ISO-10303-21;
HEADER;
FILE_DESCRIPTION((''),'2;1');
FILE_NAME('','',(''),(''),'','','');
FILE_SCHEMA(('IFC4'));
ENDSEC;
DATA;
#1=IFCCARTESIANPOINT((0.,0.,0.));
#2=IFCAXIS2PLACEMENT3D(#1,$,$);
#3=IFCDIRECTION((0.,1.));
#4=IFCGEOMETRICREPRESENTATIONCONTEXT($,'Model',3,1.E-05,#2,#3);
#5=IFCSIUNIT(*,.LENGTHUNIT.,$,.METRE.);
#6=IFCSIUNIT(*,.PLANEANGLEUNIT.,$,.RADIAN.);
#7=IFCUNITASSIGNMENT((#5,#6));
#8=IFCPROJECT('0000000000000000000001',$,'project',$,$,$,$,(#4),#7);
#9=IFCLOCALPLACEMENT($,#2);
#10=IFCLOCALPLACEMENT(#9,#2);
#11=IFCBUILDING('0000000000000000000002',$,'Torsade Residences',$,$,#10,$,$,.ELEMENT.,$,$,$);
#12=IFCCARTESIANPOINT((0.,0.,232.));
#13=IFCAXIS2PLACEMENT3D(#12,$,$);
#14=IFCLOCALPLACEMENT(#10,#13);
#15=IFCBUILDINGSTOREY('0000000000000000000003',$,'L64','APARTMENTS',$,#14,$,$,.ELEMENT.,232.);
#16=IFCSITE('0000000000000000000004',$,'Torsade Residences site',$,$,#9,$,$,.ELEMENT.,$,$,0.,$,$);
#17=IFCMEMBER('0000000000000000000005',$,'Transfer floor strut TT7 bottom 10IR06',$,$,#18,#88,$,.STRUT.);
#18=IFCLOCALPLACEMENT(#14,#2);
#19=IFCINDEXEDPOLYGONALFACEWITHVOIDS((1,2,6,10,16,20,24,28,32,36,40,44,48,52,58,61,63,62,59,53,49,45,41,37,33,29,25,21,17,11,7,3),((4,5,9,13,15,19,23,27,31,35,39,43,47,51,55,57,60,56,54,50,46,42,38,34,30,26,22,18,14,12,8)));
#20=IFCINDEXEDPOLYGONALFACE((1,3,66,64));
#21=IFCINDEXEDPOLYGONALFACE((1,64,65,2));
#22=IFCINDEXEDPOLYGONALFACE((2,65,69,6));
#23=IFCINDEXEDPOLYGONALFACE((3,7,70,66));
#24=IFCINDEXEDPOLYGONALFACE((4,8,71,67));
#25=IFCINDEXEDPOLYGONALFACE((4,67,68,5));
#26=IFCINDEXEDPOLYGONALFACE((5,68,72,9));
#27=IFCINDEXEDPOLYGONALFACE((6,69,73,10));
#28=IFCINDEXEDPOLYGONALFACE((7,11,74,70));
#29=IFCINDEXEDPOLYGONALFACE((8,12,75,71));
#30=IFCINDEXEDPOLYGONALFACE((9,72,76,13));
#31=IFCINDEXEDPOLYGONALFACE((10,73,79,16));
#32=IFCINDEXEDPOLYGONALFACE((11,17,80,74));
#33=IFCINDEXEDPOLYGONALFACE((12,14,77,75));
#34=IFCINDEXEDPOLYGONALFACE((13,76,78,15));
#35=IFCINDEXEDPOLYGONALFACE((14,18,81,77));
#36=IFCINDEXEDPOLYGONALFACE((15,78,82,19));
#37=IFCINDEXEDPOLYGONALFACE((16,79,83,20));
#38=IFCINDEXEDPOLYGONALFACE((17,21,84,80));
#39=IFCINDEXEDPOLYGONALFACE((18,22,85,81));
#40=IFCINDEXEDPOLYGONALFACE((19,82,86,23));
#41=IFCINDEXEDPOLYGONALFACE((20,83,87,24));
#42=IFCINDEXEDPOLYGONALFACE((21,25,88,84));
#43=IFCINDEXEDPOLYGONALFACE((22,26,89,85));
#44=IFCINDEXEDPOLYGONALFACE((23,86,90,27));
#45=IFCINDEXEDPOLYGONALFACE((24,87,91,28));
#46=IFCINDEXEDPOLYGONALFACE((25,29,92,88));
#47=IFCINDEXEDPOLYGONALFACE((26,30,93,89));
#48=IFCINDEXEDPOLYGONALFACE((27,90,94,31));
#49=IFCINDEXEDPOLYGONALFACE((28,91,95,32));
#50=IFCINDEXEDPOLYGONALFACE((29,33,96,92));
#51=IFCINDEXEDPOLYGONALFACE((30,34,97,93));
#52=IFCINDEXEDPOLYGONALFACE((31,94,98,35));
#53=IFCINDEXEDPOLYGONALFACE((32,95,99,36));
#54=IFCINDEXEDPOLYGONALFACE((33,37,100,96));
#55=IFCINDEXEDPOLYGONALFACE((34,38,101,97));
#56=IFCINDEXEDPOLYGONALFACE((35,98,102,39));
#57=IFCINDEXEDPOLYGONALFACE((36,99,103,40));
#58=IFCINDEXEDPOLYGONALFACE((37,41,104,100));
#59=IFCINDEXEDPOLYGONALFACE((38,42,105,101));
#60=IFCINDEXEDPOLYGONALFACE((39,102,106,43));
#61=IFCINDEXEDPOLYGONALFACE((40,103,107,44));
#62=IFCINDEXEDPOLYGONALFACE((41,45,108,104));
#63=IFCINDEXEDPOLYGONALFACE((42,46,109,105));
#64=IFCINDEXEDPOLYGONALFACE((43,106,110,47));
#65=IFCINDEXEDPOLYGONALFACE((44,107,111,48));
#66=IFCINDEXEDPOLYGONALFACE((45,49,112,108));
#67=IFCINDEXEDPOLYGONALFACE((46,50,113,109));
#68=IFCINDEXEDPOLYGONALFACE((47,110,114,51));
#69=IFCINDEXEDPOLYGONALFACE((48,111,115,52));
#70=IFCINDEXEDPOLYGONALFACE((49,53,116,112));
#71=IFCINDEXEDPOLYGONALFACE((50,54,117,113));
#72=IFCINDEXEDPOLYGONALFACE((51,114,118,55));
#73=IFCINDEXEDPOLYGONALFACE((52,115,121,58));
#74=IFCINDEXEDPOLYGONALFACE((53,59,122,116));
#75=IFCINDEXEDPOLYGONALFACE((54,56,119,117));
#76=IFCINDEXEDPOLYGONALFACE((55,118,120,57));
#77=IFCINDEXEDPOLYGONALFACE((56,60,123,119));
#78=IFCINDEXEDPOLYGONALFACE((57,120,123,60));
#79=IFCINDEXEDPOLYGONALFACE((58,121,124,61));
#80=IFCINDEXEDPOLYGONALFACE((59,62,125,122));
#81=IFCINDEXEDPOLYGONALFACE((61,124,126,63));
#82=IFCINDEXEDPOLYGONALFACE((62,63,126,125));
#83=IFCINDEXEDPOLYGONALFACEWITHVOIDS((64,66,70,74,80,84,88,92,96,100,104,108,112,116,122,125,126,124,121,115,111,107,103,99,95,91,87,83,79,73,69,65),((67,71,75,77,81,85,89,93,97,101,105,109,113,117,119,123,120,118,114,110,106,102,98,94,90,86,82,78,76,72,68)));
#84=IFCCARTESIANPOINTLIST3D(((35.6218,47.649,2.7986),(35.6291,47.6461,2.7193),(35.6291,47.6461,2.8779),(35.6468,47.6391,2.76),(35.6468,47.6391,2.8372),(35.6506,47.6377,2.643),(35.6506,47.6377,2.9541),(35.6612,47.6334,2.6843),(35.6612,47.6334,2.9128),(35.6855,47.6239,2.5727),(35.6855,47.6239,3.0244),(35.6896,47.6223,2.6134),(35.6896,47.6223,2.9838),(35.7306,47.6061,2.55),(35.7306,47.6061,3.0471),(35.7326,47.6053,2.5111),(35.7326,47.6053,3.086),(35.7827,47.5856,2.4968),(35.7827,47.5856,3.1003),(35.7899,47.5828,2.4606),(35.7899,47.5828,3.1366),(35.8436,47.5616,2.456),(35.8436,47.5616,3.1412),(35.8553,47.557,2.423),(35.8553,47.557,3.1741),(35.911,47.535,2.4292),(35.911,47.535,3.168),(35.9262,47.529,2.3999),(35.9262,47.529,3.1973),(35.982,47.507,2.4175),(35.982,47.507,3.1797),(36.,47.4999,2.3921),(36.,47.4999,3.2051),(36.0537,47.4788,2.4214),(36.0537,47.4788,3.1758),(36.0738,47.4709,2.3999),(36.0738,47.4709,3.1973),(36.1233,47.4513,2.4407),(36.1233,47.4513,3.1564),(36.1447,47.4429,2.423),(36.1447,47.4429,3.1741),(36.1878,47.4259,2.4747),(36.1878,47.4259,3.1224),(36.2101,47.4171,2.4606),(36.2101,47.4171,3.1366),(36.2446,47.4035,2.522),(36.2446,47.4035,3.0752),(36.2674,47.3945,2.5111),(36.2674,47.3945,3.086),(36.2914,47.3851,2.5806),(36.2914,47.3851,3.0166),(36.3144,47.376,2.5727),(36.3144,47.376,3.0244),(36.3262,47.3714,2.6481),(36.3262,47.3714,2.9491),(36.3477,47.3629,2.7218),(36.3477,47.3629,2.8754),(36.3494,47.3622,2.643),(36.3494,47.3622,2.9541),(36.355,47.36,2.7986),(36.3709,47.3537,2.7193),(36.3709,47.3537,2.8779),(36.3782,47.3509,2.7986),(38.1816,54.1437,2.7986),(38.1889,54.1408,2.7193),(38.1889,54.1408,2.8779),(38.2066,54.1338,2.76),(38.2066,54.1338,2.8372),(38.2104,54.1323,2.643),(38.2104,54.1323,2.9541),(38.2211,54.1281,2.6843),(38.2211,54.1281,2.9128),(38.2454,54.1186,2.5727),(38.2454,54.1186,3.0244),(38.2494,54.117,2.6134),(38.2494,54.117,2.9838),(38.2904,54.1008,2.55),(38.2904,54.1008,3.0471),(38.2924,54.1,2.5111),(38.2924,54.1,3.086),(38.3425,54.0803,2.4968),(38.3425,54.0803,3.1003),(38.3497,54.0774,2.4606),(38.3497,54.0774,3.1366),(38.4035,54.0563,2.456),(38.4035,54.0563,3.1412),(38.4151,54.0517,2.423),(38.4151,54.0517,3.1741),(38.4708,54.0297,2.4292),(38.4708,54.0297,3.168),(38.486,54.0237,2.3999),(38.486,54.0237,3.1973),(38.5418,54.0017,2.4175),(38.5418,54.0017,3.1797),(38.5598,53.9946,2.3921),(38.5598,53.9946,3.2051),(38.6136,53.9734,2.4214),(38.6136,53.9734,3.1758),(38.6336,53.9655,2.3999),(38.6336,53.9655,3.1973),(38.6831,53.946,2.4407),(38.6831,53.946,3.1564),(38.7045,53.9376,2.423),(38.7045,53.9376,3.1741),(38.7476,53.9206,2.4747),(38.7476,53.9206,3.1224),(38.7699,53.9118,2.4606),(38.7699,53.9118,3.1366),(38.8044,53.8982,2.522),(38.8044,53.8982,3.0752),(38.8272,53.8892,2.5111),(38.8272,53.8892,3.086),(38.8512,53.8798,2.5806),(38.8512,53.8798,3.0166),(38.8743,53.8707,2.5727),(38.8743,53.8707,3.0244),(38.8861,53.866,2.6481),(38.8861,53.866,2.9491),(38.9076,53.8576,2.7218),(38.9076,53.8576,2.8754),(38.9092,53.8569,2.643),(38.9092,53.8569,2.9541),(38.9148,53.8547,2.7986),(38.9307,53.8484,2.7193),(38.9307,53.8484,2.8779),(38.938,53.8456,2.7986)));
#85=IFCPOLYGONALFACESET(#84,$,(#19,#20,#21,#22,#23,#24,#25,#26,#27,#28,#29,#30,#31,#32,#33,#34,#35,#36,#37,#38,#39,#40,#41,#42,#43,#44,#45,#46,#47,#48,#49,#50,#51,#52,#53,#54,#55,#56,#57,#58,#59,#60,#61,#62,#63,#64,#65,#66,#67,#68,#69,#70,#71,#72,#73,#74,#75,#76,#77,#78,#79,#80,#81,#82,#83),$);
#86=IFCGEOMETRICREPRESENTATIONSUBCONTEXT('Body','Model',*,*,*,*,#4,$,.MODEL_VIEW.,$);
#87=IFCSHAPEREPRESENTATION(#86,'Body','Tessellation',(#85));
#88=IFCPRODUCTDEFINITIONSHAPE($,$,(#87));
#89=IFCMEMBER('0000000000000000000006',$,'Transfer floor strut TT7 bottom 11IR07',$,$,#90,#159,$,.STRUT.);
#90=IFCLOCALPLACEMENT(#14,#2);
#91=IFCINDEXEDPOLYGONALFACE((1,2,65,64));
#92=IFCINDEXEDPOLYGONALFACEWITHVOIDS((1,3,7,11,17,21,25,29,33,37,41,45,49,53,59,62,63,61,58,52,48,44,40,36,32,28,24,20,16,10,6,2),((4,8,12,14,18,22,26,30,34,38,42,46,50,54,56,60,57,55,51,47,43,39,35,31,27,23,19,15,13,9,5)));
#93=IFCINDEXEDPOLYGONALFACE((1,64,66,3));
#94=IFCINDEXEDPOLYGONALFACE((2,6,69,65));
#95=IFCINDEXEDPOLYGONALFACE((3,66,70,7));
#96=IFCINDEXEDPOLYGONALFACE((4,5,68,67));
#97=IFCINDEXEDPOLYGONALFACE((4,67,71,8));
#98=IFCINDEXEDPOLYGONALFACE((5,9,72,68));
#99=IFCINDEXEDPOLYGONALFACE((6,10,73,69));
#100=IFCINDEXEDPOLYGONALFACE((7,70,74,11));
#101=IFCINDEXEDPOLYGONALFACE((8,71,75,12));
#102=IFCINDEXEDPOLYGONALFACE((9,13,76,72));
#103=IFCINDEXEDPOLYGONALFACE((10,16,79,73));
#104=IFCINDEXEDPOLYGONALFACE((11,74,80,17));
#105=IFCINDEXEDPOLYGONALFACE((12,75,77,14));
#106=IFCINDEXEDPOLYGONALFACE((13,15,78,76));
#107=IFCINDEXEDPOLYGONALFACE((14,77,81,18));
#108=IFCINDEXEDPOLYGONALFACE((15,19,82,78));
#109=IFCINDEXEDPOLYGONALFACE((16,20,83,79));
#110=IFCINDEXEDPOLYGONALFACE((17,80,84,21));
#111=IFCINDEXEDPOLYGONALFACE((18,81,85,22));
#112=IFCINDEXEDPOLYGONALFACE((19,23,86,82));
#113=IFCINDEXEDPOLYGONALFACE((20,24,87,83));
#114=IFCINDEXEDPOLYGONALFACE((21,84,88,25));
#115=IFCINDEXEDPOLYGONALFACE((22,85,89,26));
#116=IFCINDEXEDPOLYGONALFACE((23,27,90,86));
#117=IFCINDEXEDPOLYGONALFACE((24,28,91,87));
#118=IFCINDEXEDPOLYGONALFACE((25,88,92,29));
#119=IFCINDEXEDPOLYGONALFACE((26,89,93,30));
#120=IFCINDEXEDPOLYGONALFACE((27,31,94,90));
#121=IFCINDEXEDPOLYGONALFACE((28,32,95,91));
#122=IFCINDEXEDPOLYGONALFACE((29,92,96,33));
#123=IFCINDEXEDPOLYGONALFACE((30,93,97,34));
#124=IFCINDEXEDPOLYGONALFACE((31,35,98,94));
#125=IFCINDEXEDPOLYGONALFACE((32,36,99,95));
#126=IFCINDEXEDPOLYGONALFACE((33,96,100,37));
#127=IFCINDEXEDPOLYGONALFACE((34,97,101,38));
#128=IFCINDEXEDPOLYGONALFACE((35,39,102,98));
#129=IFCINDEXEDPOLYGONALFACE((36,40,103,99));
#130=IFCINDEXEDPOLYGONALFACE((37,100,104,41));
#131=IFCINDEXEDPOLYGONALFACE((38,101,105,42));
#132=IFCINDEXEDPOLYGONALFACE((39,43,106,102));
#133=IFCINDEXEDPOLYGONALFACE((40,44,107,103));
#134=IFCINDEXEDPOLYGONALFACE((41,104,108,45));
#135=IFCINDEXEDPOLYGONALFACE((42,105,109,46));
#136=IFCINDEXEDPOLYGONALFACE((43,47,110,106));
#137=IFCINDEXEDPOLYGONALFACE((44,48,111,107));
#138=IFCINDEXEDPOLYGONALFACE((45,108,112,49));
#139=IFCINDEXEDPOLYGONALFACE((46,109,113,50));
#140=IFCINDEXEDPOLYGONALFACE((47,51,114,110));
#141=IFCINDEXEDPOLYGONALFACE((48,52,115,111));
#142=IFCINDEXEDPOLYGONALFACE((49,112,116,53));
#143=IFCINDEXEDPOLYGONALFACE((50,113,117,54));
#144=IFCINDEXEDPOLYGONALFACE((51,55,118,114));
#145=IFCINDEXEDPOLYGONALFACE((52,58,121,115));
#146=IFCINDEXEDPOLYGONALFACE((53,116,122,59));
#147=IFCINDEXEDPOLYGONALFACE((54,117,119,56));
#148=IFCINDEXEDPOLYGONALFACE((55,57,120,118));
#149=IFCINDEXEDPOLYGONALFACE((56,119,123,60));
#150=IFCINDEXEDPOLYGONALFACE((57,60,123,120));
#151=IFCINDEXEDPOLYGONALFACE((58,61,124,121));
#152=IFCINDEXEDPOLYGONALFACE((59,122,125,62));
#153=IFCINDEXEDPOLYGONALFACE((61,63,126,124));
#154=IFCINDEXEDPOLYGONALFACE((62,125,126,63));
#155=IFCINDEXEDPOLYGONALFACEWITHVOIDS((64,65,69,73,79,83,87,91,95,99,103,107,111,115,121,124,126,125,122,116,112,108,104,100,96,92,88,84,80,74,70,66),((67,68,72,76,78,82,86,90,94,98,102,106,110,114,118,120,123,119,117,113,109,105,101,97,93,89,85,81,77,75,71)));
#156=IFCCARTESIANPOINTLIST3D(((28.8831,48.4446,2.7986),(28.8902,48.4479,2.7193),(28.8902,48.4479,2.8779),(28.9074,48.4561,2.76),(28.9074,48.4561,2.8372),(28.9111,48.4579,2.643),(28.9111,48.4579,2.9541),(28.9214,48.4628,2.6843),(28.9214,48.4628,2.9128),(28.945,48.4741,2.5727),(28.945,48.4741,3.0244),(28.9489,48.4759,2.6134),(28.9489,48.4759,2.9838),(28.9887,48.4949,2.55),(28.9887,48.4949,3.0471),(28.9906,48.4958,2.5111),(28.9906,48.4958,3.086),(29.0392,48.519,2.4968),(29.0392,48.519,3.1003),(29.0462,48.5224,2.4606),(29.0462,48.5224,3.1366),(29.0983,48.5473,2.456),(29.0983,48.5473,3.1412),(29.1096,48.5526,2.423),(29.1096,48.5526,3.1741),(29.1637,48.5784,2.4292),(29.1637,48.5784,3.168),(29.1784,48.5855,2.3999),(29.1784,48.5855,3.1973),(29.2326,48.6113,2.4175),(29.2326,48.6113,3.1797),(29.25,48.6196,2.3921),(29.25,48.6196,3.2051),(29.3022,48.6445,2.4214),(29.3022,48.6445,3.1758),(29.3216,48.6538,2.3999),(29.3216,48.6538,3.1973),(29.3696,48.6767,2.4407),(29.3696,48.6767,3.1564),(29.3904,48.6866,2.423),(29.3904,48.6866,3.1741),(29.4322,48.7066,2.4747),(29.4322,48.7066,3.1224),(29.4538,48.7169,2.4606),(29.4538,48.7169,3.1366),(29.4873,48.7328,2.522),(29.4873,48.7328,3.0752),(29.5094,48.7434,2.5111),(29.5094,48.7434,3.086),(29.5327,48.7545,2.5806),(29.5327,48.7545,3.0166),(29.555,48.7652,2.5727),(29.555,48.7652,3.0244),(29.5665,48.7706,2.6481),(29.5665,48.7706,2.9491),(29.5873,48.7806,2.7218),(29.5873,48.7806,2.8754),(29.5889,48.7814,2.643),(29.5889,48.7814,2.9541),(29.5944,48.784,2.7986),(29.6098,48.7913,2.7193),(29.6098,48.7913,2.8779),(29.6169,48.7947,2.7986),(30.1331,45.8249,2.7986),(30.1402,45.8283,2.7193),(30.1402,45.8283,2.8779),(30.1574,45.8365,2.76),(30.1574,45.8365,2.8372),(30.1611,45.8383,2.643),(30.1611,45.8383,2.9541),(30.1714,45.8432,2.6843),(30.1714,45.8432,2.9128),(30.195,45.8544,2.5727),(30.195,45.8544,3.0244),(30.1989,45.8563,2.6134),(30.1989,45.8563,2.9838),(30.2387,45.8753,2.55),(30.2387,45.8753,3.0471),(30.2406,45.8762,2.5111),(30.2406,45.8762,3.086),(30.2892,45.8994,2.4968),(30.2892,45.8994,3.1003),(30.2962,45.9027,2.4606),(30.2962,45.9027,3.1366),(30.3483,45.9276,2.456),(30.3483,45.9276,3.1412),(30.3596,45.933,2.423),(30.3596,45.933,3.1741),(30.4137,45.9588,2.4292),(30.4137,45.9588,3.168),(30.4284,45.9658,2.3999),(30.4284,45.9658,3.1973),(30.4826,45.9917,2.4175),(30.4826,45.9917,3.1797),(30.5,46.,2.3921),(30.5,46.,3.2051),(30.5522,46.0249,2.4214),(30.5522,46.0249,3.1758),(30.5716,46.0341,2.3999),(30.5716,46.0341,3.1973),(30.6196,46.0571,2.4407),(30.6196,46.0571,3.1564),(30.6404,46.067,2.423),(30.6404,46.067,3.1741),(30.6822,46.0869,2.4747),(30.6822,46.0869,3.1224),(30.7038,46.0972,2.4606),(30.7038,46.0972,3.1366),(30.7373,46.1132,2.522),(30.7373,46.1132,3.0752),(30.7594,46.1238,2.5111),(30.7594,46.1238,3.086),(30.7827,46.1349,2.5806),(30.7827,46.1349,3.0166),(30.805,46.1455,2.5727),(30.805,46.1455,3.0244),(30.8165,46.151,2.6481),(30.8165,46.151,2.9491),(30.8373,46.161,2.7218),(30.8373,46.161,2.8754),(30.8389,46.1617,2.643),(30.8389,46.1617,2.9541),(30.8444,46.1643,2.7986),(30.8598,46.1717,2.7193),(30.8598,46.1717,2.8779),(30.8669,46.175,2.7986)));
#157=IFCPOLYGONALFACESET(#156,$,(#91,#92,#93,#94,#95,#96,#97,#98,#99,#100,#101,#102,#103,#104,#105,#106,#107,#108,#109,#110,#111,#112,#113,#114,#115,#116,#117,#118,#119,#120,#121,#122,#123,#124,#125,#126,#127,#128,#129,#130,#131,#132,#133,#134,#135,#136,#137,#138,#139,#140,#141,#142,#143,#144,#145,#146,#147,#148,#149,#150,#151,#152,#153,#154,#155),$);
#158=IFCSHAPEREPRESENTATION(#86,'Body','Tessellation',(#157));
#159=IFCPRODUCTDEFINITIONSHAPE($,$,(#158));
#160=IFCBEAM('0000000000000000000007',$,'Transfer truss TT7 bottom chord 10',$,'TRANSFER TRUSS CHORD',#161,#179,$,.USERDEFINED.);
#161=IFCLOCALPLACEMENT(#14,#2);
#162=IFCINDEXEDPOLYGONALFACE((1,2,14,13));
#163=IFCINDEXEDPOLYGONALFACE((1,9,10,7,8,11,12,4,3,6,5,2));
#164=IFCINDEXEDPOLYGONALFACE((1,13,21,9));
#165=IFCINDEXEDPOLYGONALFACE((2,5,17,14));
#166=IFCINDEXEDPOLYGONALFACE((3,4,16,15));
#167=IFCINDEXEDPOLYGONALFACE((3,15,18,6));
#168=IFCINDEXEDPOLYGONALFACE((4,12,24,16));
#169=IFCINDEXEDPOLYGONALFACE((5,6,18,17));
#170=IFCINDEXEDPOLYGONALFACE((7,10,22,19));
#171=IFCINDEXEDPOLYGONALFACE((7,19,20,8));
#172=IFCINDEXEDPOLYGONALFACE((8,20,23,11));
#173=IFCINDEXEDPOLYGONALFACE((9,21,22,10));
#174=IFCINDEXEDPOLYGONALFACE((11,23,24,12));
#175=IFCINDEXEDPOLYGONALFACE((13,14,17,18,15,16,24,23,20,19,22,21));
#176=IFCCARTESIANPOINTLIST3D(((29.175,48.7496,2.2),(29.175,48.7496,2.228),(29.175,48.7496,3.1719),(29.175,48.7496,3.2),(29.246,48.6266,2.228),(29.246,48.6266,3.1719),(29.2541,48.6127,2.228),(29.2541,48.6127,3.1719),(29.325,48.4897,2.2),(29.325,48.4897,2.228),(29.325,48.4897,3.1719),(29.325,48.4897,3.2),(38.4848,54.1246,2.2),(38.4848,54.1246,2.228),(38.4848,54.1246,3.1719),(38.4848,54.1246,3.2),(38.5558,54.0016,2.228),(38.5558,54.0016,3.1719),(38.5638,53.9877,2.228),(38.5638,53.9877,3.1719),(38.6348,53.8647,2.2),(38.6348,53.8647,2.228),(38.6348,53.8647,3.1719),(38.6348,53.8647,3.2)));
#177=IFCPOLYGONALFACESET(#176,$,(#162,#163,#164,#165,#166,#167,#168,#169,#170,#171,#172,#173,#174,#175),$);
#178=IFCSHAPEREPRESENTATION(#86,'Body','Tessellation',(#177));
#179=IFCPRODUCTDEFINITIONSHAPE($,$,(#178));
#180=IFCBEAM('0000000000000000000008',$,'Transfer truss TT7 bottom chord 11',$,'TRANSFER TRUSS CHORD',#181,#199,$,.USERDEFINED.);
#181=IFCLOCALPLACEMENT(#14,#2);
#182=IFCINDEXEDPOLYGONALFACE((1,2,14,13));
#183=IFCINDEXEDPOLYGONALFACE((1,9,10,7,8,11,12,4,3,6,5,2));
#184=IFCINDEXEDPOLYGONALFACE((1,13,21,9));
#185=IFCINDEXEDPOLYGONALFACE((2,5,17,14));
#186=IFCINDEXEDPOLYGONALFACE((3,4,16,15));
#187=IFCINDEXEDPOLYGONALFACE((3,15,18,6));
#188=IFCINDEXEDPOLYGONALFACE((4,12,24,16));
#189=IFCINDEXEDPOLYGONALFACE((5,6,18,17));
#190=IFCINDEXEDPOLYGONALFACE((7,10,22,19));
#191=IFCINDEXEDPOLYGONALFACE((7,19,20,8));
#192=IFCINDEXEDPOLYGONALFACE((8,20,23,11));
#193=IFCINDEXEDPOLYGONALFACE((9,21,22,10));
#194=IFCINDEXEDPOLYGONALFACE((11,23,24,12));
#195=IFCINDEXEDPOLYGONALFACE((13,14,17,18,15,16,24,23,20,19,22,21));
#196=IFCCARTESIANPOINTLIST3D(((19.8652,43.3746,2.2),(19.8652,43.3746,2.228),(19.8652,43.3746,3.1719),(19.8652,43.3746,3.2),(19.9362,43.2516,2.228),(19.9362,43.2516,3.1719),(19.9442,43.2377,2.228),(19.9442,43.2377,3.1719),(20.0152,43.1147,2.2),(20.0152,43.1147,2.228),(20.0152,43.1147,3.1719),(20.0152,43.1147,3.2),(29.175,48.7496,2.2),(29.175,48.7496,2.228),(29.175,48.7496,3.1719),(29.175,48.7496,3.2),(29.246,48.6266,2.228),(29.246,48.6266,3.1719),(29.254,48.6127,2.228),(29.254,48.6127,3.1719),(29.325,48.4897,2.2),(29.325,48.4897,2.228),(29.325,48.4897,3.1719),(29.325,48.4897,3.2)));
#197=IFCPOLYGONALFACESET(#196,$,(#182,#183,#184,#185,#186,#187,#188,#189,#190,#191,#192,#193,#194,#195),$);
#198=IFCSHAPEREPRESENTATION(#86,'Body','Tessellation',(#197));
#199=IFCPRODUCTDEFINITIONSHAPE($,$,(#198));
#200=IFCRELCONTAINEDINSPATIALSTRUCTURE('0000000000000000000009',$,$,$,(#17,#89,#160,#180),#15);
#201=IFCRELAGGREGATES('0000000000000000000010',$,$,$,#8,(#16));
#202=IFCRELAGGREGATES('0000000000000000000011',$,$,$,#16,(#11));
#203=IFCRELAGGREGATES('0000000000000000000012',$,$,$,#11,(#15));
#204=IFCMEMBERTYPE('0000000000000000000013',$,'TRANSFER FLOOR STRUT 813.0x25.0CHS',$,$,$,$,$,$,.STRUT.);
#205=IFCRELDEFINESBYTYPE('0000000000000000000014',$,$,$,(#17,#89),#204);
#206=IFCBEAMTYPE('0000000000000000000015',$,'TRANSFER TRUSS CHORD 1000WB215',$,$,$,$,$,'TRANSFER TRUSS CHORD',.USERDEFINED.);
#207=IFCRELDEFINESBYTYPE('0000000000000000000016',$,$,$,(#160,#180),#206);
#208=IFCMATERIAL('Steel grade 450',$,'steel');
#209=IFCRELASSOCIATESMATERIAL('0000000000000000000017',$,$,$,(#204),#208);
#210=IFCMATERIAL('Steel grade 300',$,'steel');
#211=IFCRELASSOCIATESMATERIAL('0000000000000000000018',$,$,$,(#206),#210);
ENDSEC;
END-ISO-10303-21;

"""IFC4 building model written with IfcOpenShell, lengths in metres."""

from ifc_helpers import new_model, si_unit, direction, frame, origin, origin_2d, place, context, subcontext, project, spatial, hollow_circle, i_section, extrude, material, material_profile, profile_set, type_object, element, save


model = new_model("IFC4")

# Units and contexts
model_context = context("Model", 3, precision=1e-05, world=origin(), true_north=direction((0.0, 1.0)))
body_context = subcontext(model_context, "Body", "Model", "MODEL_VIEW")
ifc_project = project(units=[si_unit("LENGTHUNIT", "METRE"), si_unit("PLANEANGLEUNIT", "RADIAN")], contexts=[model_context])

# Site, building, storey
site_placement = place(None, origin())
site = spatial("IfcSite", under=ifc_project, at=site_placement, Name="Torsade Residences site", CompositionType="ELEMENT", RefElevation=0.0)
building_placement = place(site_placement, origin())
building = spatial("IfcBuilding", under=site, at=building_placement, Name="Torsade Residences", CompositionType="ELEMENT")
storey_placement = place(building_placement, frame((0.0, 0.0, 232.0)))
storey = spatial("IfcBuildingStorey", under=building, at=storey_placement, Name="L64", Description="APARTMENTS", CompositionType="ELEMENT", Elevation=232.0)

# Members
ifc_material_1 = material(Name="Steel grade 450", Category="steel")
ifc_material_profile_1 = material_profile(ifc_material_1, hollow_circle(Radius=0.4065, WallThickness=0.0249, at=origin_2d()), Name="813.0x25.0CHS")
ifc_profile_set_1 = profile_set([ifc_material_profile_1], Name="Steel grade 450")
member_type_1 = type_object("IfcMemberType", Name="TRANSFER FLOOR STRUT 813.0x25.0CHS", PredefinedType="STRUT", material=ifc_profile_set_1)
member_1_placement = place(storey_placement, frame((38.5598, 53.9946, 2.7986), z_axis=(-0.366689, -0.930344, 0.0), x_axis=(0.930344, -0.366689, 0.0)))
element("IfcMember", 1, at=member_1_placement, inside=storey, type_object=member_type_1, Name="Transfer floor strut TT7 bottom 10IR06", PredefinedType="STRUT", context=body_context, shape_type="SweptSolid", body=[
    extrude(hollow_circle(Radius=0.4065, WallThickness=0.0249, at=origin_2d()), origin(), (0.0, 0.0, 1.0), 6.981),
])
member_2_placement = place(storey_placement, frame((29.25, 48.6196, 2.7986), z_axis=(0.430652, -0.902518, 0.0), x_axis=(0.902518, 0.430652, 0.0)))
element("IfcMember", 2, at=member_2_placement, inside=storey, type_object=member_type_1, Name="Transfer floor strut TT7 bottom 11IR07", PredefinedType="STRUT", context=body_context, shape_type="SweptSolid", body=[
    extrude(hollow_circle(Radius=0.4065, WallThickness=0.0249, at=origin_2d()), origin(), (0.0, 0.0, 1.0), 2.9026),
])

# Beams
ifc_material_2 = material(Name="Steel grade 300", Category="steel")
ifc_material_profile_2 = material_profile(ifc_material_2, i_section(OverallWidth=0.3, OverallDepth=1.0, WebThickness=0.0161, FlangeThickness=0.0281, at=origin_2d()), Name="1000WB215")
ifc_profile_set_2 = profile_set([ifc_material_profile_2], Name="Steel grade 300")
beam_type_1 = type_object("IfcBeamType", Name="TRANSFER TRUSS CHORD 1000WB215", ElementType="TRANSFER TRUSS CHORD", PredefinedType="USERDEFINED", material=ifc_profile_set_2)
for number, where, z_axis, x_axis, name in (
    (3, (38.5598, 53.9946, 2.7), (-0.866026, -0.499998, 0.0), (0.499998, -0.866026, 0.0), "Transfer truss TT7 bottom chord 10"),
    (4, (29.25, 48.6196, 2.7), (-0.866026, -0.499998, 0.0), (0.499998, -0.866026, 0.0), "Transfer truss TT7 bottom chord 11"),
):
    element("IfcBeam", number, at=place(storey_placement, frame(where, z_axis=z_axis, x_axis=x_axis)), inside=storey, type_object=beam_type_1, Name=name, ObjectType="TRANSFER TRUSS CHORD", PredefinedType="USERDEFINED", context=body_context, shape_type="SweptSolid", body=[
        extrude(i_section(OverallWidth=0.3, OverallDepth=1.0, WebThickness=0.0161, FlangeThickness=0.0281, at=origin_2d()), origin(), (0.0, 0.0, 1.0), 10.75),
    ])

save(model, "model.ifc")
